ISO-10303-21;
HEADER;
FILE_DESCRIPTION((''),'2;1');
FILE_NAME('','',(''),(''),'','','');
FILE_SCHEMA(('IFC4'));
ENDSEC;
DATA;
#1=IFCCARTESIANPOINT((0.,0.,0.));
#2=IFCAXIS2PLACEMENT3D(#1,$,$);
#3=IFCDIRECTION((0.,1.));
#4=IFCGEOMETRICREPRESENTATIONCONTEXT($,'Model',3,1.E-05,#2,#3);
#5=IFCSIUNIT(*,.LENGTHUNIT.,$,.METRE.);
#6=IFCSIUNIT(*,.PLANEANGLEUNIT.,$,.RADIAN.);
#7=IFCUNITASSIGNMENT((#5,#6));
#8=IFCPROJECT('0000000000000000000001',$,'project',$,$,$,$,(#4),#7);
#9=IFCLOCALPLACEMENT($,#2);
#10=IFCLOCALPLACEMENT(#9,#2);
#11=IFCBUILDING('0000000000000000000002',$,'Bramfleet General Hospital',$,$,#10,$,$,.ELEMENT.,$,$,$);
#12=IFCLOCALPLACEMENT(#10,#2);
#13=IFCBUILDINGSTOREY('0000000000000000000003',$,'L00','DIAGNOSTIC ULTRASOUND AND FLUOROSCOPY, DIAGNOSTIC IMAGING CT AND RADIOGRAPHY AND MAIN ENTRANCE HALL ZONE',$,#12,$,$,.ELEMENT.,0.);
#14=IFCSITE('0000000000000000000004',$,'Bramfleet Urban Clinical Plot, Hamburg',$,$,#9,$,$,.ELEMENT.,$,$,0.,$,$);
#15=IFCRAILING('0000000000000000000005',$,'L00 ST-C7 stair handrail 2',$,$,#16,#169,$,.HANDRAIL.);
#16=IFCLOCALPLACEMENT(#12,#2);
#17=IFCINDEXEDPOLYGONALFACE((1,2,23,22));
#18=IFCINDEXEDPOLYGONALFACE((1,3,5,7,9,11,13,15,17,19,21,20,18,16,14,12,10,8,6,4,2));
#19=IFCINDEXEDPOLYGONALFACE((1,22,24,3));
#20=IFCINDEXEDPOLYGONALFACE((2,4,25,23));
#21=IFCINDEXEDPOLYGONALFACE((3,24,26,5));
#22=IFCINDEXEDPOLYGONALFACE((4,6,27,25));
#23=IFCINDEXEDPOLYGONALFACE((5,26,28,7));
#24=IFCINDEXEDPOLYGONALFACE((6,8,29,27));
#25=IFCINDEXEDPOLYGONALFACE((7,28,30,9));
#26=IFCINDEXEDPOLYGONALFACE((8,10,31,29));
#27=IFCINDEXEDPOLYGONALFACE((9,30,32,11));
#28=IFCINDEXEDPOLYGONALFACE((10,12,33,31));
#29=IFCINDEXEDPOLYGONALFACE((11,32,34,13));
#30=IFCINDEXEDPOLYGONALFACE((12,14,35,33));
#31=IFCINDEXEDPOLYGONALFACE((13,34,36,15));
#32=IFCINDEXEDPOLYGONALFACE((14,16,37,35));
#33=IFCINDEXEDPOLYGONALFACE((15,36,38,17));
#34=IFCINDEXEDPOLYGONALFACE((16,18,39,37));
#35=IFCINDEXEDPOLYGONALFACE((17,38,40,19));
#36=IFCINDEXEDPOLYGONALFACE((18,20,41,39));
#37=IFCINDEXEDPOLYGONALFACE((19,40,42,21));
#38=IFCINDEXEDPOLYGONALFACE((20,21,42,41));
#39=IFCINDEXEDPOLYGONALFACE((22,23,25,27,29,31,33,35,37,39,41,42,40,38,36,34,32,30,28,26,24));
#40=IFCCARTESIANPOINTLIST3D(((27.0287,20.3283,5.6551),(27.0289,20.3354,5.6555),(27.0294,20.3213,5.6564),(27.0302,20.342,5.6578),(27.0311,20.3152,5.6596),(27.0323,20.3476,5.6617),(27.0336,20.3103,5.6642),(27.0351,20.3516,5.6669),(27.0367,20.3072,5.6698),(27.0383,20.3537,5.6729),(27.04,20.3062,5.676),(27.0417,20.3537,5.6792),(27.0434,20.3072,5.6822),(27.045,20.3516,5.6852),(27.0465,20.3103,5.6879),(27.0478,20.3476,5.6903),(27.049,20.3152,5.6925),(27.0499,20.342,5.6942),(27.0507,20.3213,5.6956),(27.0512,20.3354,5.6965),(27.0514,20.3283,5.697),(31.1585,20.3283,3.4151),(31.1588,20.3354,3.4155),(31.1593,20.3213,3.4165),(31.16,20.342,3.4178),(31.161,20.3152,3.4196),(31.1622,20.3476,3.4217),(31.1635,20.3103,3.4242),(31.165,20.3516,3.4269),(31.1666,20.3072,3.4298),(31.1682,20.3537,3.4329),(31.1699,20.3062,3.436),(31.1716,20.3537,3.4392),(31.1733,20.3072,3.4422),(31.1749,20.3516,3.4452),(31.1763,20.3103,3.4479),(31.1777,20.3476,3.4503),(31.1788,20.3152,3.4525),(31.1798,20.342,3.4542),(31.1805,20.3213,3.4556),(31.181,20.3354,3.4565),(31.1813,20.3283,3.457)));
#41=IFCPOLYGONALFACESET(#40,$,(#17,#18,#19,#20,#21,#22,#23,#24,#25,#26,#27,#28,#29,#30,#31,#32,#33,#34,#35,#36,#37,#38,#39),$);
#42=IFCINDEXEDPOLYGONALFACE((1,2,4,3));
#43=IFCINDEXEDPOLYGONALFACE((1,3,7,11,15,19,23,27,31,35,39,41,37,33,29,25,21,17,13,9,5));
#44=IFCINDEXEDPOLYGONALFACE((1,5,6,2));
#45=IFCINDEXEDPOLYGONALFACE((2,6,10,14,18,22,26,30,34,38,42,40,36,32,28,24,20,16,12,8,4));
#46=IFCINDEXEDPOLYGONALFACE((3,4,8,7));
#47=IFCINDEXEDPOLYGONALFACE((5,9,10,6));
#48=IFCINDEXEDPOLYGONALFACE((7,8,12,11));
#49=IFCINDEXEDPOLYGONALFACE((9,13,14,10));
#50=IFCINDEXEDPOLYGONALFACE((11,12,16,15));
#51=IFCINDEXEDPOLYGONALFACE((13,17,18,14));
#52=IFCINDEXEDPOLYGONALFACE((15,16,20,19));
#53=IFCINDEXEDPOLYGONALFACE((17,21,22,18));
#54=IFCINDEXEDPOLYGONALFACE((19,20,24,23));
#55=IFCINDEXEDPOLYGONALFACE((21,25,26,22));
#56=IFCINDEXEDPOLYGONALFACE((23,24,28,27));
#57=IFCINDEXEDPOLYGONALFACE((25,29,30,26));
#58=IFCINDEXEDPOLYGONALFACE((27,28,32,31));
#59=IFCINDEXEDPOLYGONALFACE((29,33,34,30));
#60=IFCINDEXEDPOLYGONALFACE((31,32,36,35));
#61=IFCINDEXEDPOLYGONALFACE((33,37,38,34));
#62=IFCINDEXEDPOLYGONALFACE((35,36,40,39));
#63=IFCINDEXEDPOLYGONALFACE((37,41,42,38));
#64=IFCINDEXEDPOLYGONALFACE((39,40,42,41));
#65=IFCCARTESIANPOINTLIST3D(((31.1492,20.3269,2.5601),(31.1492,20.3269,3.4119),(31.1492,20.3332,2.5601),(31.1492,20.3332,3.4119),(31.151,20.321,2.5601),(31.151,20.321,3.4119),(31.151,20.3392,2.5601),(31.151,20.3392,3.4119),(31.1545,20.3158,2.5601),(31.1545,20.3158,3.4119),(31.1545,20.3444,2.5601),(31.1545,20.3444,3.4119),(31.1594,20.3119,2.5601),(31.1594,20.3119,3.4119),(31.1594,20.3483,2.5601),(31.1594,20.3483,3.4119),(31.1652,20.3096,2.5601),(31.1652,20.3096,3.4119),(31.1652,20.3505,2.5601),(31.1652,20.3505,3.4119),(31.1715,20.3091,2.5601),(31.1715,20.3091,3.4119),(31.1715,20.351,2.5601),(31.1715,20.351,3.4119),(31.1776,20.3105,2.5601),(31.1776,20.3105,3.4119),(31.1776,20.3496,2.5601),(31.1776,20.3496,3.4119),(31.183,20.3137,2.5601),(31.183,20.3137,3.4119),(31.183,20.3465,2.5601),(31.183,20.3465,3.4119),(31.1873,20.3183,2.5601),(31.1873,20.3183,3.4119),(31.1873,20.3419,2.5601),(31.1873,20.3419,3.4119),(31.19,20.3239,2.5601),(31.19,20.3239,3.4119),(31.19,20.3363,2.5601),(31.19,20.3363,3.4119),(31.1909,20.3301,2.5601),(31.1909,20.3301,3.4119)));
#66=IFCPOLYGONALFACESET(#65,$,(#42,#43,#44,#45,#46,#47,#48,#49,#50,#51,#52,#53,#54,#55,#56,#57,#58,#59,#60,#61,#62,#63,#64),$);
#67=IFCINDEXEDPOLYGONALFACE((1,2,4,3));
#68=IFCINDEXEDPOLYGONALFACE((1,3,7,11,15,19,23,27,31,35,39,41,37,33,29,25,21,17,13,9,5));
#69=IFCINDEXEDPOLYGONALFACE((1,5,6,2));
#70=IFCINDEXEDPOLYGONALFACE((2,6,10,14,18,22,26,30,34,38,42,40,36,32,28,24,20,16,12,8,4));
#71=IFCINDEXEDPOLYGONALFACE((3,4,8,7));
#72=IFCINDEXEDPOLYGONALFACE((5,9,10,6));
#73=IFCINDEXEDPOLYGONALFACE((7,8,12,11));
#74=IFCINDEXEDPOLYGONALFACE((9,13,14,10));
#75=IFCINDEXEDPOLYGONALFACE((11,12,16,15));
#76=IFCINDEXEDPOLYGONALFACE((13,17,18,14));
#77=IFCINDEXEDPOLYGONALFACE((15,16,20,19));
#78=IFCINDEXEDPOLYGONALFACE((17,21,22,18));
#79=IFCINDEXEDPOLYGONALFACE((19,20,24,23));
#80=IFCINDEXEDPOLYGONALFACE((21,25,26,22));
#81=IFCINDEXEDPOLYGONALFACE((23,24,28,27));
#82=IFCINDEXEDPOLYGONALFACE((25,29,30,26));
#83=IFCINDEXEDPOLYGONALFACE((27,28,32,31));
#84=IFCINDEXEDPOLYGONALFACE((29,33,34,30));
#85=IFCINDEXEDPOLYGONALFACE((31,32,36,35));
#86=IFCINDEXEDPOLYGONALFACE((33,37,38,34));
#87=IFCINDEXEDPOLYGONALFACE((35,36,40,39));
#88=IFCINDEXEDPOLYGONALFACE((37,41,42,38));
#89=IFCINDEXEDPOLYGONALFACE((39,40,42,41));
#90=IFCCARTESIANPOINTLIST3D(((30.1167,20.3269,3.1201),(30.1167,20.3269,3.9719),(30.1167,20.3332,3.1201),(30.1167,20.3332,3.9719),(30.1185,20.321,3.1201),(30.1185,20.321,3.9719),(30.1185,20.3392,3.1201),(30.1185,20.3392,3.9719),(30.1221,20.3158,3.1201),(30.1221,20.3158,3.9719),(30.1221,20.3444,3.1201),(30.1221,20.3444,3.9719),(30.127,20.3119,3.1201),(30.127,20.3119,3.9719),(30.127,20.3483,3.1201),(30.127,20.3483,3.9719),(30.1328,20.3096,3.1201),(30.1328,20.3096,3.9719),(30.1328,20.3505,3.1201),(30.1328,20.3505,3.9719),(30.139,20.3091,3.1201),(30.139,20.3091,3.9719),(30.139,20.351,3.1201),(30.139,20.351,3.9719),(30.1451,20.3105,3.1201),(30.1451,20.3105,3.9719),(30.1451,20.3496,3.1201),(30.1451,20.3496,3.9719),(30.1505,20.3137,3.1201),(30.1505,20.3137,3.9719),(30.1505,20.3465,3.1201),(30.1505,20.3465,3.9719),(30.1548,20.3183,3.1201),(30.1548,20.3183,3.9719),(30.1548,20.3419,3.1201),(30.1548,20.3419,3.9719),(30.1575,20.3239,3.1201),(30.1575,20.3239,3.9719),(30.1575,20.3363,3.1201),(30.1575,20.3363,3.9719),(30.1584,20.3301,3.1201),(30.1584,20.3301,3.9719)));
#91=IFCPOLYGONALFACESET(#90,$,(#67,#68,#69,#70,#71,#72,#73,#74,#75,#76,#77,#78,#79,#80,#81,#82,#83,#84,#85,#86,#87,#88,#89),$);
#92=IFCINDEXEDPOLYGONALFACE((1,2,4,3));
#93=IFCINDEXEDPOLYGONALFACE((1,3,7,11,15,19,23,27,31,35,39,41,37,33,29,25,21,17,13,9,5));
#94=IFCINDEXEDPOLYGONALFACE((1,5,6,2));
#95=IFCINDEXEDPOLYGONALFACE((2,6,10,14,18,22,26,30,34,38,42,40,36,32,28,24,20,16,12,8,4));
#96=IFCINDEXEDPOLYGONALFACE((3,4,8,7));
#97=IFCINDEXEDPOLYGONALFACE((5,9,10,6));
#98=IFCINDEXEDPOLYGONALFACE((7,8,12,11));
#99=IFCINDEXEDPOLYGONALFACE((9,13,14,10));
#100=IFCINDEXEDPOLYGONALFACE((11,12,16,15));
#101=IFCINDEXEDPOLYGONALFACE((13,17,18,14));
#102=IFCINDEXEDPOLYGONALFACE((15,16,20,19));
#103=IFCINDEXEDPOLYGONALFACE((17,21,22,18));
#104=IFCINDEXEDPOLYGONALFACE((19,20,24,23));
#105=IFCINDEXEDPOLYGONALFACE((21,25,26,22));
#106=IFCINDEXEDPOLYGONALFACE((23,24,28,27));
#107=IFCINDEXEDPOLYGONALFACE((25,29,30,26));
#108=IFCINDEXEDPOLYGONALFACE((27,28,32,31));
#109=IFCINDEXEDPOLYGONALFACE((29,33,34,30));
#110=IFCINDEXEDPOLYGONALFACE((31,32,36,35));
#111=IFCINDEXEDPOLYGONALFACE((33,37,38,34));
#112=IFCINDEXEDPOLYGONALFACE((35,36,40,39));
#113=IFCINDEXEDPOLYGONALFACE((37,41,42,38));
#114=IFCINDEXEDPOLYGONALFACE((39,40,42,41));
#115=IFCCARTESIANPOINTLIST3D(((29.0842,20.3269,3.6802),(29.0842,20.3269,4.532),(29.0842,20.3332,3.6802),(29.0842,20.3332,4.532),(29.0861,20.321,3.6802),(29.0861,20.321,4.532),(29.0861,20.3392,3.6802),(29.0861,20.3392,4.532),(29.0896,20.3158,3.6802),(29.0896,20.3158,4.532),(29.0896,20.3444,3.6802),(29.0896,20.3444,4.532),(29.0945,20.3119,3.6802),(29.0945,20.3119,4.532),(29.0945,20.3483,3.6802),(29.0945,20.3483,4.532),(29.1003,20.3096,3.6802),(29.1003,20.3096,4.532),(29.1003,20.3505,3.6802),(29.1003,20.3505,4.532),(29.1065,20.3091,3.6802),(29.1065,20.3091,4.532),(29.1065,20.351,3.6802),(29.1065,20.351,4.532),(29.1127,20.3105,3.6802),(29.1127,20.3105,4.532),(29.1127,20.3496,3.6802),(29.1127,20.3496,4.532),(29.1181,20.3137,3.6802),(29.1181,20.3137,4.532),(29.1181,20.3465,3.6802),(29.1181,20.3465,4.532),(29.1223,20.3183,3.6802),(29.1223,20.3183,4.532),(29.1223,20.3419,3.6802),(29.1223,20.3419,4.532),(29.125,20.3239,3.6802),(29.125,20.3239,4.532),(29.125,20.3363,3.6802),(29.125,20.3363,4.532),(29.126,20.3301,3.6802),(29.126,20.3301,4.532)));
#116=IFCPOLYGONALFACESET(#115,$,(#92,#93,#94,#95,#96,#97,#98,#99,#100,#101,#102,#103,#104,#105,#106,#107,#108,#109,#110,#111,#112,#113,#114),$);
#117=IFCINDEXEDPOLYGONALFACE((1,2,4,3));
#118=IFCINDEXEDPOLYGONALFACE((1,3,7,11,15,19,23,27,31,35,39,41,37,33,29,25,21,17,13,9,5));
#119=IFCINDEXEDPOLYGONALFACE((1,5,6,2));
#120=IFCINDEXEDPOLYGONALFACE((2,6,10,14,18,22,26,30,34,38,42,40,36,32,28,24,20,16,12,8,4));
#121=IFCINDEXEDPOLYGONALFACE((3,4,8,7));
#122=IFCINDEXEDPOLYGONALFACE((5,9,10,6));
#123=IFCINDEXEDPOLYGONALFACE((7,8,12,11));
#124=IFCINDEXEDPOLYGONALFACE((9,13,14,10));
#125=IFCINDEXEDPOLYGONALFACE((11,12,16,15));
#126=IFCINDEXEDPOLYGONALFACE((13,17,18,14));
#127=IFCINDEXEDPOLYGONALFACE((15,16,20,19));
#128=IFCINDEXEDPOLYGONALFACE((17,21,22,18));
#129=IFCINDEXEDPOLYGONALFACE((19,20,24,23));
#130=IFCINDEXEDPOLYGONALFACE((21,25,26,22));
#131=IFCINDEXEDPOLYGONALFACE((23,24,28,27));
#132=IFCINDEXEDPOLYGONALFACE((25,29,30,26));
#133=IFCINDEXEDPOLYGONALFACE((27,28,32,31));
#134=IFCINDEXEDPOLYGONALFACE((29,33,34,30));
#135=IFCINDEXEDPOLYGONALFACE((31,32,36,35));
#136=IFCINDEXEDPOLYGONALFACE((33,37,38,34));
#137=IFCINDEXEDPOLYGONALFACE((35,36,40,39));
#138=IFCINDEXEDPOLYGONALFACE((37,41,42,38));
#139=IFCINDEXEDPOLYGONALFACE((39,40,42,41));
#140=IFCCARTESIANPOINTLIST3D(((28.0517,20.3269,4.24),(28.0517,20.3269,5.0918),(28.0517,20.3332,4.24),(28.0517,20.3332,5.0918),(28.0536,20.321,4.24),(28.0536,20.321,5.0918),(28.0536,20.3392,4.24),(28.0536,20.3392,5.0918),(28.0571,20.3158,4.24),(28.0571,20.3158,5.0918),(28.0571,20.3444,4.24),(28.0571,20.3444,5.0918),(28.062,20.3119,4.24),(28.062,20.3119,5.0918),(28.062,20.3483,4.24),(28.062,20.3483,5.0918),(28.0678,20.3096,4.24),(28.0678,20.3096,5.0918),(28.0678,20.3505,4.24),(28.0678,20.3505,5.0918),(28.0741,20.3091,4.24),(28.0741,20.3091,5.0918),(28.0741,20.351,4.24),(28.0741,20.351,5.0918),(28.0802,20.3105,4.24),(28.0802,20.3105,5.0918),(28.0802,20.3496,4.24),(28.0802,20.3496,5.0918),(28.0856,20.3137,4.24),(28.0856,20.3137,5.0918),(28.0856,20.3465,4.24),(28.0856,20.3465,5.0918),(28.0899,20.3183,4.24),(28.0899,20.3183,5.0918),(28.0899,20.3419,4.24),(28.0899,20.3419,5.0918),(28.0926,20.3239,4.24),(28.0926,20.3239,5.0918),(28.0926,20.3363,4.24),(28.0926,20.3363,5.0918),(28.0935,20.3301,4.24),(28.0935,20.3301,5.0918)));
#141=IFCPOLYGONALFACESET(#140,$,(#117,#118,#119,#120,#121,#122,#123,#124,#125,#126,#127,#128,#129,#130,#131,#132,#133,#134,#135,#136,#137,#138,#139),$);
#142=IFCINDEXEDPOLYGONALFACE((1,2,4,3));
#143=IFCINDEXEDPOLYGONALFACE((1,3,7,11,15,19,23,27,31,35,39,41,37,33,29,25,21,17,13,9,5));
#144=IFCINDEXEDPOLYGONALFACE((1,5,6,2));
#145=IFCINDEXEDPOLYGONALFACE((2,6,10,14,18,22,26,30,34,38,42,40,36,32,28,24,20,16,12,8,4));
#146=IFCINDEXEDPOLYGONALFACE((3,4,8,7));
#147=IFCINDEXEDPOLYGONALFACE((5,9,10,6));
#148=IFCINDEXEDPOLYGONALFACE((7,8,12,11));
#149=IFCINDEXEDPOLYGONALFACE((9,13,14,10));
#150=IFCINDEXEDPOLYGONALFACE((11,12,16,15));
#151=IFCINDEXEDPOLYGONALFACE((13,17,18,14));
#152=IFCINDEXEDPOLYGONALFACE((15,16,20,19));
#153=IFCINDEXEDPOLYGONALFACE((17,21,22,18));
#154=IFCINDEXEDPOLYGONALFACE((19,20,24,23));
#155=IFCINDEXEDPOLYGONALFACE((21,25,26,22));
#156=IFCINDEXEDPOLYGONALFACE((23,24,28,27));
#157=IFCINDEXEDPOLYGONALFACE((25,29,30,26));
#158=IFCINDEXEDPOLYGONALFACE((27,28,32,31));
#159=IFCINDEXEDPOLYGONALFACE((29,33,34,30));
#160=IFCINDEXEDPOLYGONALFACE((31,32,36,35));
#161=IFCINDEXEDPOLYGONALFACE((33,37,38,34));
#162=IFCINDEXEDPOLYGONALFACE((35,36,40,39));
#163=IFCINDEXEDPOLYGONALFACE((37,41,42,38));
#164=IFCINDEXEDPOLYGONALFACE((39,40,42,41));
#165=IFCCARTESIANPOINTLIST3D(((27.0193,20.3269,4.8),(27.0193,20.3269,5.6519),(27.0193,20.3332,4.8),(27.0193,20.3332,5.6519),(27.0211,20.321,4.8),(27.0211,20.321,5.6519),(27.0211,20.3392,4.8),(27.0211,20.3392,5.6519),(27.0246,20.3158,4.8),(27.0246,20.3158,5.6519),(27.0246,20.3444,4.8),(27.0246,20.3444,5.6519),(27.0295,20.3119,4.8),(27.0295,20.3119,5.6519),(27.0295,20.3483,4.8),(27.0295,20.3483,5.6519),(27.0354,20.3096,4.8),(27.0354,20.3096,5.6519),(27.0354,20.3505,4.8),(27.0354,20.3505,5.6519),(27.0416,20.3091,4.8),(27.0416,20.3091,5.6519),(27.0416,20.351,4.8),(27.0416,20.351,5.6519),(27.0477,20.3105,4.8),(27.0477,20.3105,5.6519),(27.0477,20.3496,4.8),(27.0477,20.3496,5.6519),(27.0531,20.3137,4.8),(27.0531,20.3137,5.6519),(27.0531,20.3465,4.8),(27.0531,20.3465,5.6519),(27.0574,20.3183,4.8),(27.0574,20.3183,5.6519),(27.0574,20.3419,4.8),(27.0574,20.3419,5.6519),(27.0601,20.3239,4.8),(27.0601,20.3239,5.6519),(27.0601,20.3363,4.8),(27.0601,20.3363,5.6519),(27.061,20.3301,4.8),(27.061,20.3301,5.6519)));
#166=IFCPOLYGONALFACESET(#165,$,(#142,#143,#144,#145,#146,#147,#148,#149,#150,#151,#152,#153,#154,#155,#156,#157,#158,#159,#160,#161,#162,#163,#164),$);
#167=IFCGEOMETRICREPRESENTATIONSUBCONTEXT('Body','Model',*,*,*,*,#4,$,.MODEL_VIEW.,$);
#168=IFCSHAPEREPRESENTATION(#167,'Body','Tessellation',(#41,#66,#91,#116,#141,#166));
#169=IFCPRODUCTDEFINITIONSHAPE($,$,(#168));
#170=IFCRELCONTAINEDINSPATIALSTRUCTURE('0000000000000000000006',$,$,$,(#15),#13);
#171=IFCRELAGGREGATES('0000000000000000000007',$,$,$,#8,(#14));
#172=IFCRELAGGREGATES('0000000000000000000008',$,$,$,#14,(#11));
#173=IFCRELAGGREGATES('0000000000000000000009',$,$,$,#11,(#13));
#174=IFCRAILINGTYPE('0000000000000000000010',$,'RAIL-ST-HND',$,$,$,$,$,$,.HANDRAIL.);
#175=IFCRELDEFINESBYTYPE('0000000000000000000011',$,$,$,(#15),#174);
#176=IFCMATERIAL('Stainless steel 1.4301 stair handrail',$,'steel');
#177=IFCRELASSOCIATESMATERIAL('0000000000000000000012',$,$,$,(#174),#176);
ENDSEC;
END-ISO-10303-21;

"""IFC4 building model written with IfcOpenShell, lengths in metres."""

from ifc_helpers import new_model, si_unit, direction, frame, origin, origin_2d, place, context, subcontext, project, spatial, circle, extrude, material, type_object, element, save


model = new_model("IFC4")

# Units and contexts
model_context = context("Model", 3, precision=1e-05, world=origin(), true_north=direction((0.0, 1.0)))
body_context = subcontext(model_context, "Body", "Model", "MODEL_VIEW")
ifc_project = project(units=[si_unit("LENGTHUNIT", "METRE"), si_unit("PLANEANGLEUNIT", "RADIAN")], contexts=[model_context])

# Site, building, storey
site_placement = place(None, origin())
site = spatial("IfcSite", under=ifc_project, at=site_placement, Name="Bramfleet Urban Clinical Plot, Hamburg", CompositionType="ELEMENT", RefElevation=0.0)
building_placement = place(site_placement, origin())
building = spatial("IfcBuilding", under=site, at=building_placement, Name="Bramfleet General Hospital", CompositionType="ELEMENT")
storey_placement = place(building_placement, origin())
storey = spatial("IfcBuildingStorey", under=building, at=storey_placement, Name="L00", Description="DIAGNOSTIC ULTRASOUND AND FLUOROSCOPY, DIAGNOSTIC IMAGING CT AND RADIOGRAPHY AND MAIN ENTRANCE HALL ZONE", CompositionType="ELEMENT", Elevation=0.0)

# Railing
ifc_material_1 = material(Name="Stainless steel 1.4301 stair handrail", Category="steel")
railing_type_1 = type_object("IfcRailingType", Name="RAIL-ST-HND", PredefinedType="HANDRAIL", material=ifc_material_1)
railing_1_placement = place(storey_placement, frame((31.1699, 20.3301, 2.5601)))
element("IfcRailing", 1, at=railing_1_placement, inside=storey, type_object=railing_type_1, Name="L00 ST-C7 stair handrail 2", PredefinedType="HANDRAIL", context=body_context, shape_type="SweptSolid", body=[
    extrude(circle(Radius=0.0239, at=origin_2d()), frame((0.0, 0.0, 0.876), z_axis=(-0.879027, 0.0, 0.476772), x_axis=(0.0, -1.0, 0.0)), (0.0, 0.0, 1.0), 4.6982),
    extrude(circle(Radius=0.021, at=origin_2d()), origin(), (0.0, 0.0, 1.0), 0.8518),
    extrude(circle(Radius=0.021, at=origin_2d()), frame((-1.0325, 0.0, 0.5601)), (0.0, 0.0, 1.0), 0.8518),
    extrude(circle(Radius=0.021, at=origin_2d()), frame((-2.0649, 0.0, 1.1201)), (0.0, 0.0, 1.0), 0.8518),
    extrude(circle(Radius=0.021, at=origin_2d()), frame((-3.0974, 0.0, 1.6799)), (0.0, 0.0, 1.0), 0.8518),
    extrude(circle(Radius=0.021, at=origin_2d()), frame((-4.1299, 0.0, 2.24)), (0.0, 0.0, 1.0), 0.8518),
])

save(model, "model.ifc")
